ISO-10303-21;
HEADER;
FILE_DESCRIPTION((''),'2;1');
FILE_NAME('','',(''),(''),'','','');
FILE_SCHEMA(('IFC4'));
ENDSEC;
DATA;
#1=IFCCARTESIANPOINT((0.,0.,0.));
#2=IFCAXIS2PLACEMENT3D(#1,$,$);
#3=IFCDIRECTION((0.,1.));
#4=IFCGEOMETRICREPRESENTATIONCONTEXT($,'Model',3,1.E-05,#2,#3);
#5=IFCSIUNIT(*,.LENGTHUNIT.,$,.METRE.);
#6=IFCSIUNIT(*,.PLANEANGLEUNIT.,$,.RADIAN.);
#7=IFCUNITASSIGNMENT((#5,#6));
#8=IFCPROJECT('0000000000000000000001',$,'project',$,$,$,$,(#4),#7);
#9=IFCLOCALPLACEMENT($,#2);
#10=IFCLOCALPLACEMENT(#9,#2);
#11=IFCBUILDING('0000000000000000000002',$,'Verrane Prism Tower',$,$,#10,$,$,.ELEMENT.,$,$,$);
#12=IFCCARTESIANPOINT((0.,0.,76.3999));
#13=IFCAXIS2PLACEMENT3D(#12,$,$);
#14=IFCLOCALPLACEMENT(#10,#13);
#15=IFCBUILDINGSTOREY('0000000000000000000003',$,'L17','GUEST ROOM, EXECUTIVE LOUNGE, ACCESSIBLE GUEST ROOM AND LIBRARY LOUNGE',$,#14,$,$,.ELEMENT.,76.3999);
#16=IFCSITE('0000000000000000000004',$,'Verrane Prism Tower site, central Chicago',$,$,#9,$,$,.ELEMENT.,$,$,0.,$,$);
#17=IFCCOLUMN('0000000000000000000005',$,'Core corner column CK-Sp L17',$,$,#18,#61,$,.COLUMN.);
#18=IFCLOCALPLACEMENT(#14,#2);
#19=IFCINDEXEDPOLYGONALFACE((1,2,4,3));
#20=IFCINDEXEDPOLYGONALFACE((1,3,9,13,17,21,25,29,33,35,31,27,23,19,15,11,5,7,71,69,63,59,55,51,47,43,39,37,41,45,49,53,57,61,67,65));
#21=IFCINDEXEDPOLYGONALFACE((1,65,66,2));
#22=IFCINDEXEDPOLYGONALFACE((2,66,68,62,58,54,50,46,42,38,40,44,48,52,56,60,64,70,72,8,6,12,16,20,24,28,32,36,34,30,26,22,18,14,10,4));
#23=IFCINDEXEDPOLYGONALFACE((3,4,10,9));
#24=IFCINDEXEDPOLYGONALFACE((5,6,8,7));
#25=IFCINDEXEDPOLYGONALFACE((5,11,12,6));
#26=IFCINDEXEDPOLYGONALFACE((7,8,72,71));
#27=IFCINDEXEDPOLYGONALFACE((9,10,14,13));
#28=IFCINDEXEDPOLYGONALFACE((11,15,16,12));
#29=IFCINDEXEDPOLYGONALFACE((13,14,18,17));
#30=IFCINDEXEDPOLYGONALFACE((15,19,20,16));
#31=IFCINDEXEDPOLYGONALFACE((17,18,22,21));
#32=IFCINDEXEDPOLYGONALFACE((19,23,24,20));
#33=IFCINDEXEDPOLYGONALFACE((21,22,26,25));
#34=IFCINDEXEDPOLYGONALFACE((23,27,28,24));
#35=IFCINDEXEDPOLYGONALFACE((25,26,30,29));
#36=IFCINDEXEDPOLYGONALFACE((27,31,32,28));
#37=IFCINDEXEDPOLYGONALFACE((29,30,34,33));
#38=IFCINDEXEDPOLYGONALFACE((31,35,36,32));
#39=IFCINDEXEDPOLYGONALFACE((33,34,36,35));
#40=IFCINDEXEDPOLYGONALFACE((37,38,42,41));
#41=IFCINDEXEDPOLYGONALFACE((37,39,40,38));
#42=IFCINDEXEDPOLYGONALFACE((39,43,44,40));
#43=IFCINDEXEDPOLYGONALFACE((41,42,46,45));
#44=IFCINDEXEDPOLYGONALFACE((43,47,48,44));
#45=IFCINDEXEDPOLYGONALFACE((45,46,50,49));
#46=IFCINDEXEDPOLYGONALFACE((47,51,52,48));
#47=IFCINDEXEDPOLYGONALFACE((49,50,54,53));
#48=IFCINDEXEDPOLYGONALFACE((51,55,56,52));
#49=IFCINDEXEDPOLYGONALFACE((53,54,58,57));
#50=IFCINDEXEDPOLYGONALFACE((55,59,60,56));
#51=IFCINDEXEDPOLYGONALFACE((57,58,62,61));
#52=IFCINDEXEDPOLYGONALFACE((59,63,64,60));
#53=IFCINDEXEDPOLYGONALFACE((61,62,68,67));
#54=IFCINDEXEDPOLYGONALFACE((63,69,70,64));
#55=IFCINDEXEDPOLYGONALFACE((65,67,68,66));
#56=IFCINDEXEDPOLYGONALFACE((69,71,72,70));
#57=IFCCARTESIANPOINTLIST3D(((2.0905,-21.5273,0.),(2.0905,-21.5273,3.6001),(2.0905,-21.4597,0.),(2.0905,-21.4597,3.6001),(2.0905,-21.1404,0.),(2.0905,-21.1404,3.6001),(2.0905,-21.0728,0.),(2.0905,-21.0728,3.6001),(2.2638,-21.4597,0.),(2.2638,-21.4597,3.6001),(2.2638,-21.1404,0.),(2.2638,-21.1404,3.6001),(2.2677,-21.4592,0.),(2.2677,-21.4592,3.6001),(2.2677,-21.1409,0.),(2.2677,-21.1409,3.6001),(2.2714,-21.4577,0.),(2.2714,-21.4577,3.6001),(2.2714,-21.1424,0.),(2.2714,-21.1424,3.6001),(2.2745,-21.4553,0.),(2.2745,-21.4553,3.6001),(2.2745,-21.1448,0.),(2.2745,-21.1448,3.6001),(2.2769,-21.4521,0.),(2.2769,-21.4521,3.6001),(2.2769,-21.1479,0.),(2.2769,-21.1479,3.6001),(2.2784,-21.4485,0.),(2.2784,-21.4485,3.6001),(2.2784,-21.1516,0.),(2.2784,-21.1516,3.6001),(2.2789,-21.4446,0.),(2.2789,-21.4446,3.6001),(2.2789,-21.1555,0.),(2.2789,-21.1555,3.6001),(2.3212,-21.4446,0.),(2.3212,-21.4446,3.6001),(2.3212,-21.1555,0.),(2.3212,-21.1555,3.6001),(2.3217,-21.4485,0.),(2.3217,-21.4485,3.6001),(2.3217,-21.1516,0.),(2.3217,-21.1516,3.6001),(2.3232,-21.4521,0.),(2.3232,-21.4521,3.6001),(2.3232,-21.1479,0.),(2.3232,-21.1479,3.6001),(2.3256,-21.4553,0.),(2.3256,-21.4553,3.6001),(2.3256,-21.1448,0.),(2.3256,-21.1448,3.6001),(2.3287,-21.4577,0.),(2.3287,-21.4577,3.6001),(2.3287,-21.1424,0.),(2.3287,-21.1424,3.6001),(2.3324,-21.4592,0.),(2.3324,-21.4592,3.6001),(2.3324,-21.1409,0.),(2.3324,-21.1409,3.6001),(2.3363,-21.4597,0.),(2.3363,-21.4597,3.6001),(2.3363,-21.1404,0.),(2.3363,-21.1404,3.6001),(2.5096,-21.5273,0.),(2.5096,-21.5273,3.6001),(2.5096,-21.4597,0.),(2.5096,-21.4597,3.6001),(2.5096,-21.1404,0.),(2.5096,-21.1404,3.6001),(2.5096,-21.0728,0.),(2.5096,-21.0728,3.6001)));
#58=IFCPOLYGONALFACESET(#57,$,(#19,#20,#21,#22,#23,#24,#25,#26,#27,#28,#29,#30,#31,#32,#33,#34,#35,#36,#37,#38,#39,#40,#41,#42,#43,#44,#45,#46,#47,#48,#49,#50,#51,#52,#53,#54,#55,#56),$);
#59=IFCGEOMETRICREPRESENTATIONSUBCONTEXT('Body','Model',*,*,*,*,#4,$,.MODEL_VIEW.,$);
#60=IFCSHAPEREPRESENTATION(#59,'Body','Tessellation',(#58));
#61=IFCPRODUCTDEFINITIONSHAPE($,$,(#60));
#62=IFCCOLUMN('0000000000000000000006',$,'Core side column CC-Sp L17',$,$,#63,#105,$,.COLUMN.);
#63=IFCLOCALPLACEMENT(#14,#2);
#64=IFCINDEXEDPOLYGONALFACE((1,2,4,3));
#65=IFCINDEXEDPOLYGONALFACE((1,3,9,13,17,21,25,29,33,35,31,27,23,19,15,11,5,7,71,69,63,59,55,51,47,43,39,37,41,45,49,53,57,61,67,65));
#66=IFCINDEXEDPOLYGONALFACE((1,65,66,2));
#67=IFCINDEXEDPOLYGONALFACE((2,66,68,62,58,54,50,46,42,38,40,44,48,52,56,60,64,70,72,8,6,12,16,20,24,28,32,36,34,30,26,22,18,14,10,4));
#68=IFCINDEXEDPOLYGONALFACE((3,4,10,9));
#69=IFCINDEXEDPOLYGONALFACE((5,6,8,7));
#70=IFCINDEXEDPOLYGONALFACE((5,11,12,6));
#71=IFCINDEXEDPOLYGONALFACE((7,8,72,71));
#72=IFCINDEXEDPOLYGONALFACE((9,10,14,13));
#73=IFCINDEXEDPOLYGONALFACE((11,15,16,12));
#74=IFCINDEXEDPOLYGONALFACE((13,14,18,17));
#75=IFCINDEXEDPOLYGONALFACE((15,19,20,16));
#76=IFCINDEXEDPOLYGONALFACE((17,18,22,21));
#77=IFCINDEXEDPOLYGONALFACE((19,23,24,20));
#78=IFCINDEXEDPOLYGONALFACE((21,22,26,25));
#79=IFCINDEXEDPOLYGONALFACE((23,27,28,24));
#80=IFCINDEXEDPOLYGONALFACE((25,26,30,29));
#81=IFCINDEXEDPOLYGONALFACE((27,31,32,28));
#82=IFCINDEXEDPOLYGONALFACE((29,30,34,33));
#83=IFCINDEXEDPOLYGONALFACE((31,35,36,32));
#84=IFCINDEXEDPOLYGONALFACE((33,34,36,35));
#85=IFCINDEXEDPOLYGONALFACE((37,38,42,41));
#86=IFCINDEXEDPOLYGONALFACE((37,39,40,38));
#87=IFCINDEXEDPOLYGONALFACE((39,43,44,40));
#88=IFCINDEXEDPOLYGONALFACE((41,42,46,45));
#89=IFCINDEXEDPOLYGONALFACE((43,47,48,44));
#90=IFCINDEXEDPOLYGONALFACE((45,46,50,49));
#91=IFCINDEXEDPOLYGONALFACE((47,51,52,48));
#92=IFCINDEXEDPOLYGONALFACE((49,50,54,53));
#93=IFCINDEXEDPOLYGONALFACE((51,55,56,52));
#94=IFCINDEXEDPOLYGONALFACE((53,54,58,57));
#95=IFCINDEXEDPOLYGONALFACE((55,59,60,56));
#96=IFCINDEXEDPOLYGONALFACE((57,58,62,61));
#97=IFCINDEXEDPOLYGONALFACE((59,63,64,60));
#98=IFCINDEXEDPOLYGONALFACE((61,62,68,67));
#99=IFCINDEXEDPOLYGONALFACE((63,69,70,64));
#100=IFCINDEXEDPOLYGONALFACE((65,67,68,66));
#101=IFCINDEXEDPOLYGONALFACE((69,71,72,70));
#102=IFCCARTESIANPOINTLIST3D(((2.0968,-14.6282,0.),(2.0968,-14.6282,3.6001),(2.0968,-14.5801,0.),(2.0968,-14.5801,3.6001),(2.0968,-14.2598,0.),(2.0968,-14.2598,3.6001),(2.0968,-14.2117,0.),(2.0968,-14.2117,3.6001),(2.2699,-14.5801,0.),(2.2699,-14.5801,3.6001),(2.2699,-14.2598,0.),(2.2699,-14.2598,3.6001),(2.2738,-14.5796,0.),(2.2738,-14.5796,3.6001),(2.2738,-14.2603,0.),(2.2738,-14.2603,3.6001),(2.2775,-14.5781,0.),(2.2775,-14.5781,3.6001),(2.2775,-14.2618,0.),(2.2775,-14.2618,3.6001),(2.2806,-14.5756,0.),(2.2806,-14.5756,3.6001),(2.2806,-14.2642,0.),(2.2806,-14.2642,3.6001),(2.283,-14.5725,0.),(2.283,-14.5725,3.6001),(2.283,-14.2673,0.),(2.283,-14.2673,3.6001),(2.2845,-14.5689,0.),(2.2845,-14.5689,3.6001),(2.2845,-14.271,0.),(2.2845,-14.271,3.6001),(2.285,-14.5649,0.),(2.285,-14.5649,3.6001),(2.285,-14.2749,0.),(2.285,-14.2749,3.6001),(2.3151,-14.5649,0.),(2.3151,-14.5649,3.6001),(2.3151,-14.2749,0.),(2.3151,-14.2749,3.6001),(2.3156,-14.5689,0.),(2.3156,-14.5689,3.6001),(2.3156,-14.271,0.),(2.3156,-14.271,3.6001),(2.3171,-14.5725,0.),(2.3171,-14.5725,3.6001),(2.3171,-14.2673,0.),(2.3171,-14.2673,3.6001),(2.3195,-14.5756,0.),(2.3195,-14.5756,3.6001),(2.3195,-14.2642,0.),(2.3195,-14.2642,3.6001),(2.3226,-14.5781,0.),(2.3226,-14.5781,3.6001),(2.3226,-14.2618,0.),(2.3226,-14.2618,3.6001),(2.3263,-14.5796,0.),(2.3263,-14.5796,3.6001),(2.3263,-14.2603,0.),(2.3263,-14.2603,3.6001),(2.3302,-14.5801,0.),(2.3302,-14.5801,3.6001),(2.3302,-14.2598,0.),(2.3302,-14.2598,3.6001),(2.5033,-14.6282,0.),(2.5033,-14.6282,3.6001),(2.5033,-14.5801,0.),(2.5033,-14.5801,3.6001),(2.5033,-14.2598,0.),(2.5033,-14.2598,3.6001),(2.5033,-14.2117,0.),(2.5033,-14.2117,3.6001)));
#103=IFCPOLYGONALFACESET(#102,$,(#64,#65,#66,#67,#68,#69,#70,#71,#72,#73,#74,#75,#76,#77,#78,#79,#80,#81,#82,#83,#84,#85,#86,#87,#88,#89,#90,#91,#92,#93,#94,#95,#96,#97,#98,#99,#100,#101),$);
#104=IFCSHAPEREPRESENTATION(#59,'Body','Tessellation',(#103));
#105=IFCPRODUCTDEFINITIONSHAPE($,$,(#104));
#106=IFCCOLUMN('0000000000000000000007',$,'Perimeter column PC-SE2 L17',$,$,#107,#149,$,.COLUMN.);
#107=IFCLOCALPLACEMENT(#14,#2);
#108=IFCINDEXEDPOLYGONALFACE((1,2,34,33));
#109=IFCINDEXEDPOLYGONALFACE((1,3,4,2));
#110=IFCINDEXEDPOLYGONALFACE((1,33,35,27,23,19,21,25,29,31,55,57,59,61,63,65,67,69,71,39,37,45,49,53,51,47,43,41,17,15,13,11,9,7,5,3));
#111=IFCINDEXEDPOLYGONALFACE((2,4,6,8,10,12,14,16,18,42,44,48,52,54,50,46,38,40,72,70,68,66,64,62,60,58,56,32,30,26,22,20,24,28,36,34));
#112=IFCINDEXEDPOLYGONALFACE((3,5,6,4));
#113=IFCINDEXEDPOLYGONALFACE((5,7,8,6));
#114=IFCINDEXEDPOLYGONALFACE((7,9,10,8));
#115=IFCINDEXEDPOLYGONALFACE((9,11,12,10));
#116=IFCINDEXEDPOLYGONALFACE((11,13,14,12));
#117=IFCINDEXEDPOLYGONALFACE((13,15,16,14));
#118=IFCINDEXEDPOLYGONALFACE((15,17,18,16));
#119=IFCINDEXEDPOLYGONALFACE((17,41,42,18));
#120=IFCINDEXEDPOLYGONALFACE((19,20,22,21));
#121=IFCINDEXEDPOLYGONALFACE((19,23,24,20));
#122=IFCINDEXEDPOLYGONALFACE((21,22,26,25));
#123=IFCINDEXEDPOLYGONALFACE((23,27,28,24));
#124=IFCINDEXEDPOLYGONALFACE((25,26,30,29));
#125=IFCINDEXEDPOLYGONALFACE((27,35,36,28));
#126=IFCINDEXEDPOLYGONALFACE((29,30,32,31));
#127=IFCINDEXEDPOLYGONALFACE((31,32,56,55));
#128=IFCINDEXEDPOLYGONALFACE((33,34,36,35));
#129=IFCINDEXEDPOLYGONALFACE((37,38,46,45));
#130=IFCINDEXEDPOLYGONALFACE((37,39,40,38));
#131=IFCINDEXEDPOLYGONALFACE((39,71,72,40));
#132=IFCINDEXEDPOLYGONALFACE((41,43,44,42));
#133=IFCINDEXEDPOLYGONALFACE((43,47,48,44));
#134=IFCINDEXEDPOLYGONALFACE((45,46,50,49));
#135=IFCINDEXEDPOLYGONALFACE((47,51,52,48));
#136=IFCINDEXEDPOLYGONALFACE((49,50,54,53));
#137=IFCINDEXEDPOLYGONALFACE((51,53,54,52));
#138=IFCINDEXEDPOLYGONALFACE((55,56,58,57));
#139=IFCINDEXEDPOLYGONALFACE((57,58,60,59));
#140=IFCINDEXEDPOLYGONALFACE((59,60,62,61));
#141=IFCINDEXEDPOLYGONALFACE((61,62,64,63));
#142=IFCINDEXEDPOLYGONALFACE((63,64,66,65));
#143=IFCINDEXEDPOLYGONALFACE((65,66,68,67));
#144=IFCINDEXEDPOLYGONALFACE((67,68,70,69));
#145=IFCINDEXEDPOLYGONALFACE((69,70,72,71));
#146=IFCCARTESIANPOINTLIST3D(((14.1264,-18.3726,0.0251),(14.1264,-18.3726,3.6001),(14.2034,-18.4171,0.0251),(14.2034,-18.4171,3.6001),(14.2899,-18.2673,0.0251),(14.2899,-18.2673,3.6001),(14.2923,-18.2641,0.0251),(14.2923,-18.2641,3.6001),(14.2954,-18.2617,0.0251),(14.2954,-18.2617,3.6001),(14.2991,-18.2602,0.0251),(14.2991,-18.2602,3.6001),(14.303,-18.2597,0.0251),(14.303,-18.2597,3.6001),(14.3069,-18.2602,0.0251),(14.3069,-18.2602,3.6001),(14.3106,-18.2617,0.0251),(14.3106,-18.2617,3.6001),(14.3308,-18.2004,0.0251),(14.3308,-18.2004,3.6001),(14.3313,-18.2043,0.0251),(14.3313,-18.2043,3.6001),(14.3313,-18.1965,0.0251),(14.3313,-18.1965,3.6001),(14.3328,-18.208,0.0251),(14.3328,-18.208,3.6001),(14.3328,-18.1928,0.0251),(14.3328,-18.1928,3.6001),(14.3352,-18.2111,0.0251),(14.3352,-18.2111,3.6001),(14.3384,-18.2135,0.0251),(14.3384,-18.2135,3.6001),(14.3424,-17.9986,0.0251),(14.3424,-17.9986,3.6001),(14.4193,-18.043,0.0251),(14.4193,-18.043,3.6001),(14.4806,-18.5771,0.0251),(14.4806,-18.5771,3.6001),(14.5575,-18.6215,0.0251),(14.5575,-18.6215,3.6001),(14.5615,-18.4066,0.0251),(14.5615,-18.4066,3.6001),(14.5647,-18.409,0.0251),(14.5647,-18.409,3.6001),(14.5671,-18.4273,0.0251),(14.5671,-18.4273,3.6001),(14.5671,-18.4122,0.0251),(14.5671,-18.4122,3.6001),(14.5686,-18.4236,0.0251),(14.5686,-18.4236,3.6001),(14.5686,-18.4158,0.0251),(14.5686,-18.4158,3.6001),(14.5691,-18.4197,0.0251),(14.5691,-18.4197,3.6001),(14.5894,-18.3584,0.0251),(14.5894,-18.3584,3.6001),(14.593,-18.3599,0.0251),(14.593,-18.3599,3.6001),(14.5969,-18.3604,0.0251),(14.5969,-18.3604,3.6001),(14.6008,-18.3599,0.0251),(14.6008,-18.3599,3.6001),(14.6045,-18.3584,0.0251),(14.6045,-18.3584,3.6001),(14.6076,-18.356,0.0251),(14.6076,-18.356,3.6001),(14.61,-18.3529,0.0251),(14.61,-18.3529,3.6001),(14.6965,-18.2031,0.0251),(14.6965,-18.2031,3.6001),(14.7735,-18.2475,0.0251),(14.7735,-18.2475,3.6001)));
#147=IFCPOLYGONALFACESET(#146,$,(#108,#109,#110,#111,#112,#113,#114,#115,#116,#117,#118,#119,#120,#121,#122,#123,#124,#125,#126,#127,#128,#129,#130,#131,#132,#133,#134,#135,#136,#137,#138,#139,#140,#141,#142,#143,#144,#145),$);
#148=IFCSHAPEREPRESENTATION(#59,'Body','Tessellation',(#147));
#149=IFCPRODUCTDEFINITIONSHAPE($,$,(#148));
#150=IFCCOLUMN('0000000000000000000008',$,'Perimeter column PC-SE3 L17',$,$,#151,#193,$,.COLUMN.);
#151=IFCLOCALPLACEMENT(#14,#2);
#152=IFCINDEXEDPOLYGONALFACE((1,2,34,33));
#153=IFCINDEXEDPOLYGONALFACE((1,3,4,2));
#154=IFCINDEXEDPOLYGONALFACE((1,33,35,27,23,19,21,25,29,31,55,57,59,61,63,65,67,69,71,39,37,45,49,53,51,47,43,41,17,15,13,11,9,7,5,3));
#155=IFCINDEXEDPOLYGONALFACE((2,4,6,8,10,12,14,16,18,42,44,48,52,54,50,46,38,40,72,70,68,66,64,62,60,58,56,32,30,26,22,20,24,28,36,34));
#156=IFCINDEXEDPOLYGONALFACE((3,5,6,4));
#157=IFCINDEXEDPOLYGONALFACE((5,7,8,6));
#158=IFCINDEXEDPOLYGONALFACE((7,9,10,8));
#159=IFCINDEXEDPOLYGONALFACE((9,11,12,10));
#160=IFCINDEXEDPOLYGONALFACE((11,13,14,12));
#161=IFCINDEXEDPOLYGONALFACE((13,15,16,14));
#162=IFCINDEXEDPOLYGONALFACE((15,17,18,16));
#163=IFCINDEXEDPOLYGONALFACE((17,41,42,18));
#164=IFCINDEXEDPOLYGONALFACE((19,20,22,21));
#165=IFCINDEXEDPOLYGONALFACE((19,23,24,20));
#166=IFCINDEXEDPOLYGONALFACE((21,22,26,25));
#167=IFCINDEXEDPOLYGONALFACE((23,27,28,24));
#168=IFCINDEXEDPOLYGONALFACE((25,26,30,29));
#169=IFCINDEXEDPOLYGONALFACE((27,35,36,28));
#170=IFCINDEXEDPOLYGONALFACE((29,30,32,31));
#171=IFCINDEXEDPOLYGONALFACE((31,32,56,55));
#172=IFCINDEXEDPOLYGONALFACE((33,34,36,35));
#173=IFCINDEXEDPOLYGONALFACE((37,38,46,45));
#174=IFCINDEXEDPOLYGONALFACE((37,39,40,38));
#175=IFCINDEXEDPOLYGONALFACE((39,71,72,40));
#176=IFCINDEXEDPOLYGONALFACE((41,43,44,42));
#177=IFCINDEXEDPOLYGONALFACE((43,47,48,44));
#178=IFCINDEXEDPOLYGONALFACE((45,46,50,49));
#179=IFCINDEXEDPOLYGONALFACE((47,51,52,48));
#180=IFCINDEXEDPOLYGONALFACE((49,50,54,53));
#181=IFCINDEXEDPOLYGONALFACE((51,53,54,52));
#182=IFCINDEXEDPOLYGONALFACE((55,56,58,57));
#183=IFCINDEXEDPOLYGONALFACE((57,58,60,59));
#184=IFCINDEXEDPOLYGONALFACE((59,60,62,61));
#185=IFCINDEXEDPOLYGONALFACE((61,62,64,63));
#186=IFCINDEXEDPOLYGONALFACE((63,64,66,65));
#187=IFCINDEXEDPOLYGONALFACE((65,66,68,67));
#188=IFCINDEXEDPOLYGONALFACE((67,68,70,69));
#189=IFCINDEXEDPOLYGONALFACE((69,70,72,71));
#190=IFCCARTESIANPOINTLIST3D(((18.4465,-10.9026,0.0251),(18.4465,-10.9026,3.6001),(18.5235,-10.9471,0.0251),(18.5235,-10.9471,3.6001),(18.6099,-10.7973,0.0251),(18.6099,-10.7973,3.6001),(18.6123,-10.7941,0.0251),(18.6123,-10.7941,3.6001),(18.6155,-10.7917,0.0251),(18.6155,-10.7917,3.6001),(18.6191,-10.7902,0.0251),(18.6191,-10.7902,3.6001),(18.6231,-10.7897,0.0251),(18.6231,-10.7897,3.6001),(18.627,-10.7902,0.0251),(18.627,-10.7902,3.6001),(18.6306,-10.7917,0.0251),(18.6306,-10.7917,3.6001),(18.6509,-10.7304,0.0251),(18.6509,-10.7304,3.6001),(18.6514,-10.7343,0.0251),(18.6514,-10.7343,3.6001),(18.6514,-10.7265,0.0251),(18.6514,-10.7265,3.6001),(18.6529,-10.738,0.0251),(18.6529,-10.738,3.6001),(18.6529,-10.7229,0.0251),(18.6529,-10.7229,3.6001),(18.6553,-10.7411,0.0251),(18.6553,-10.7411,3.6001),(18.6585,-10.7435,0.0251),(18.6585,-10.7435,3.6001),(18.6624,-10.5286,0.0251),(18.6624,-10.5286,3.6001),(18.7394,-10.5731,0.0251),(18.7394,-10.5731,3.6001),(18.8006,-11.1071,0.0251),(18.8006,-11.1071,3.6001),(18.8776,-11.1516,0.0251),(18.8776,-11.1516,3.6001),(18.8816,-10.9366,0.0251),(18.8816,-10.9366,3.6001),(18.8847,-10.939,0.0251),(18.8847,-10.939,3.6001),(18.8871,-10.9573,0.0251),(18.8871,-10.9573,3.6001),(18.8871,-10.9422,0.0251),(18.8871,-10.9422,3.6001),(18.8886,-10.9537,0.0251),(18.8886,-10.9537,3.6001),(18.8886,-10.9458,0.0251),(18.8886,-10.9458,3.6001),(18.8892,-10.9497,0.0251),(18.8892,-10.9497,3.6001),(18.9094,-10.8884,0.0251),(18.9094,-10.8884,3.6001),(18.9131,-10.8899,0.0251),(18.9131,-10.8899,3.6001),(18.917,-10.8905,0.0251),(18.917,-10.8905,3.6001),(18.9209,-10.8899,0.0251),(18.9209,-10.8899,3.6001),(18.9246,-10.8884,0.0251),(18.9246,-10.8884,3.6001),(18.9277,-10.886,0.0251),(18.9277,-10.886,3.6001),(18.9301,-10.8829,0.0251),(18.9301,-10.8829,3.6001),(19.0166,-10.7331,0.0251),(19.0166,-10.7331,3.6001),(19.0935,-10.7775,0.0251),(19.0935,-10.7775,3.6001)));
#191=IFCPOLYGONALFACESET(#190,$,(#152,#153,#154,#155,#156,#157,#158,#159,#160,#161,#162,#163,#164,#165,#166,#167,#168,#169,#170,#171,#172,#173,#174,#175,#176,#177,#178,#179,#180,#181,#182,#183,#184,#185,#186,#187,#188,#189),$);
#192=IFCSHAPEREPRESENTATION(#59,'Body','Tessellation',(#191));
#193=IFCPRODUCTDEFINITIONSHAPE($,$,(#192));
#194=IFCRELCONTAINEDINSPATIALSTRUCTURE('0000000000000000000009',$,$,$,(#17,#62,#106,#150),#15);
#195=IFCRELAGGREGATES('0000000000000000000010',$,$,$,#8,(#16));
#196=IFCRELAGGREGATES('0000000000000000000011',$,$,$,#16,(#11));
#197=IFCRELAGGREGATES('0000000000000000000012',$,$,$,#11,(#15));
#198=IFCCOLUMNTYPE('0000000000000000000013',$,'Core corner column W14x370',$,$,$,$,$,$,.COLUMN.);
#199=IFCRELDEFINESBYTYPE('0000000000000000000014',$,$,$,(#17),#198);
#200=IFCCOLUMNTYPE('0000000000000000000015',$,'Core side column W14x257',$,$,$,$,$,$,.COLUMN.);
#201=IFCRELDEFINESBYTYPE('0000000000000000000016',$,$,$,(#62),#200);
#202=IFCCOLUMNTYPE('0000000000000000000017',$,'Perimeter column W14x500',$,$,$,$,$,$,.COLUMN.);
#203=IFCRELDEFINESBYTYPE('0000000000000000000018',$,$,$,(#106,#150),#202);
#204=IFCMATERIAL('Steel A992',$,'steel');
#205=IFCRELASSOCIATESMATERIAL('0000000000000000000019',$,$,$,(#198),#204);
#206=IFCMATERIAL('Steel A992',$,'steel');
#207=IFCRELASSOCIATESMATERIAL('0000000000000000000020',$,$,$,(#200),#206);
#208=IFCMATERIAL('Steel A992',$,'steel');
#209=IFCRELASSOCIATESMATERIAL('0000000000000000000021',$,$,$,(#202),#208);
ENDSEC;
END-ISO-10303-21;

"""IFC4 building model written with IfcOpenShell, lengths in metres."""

from ifc_helpers import new_model, si_unit, direction, frame, origin, origin_2d, place, context, subcontext, project, spatial, i_section, extrude, material, material_profile, profile_set, type_object, element, save


model = new_model("IFC4")

# Units and contexts
model_context = context("Model", 3, precision=1e-05, world=origin(), true_north=direction((0.0, 1.0)))
body_context = subcontext(model_context, "Body", "Model", "MODEL_VIEW")
ifc_project = project(units=[si_unit("LENGTHUNIT", "METRE"), si_unit("PLANEANGLEUNIT", "RADIAN")], contexts=[model_context])

# Site, building, storey
site_placement = place(None, origin())
site = spatial("IfcSite", under=ifc_project, at=site_placement, Name="Verrane Prism Tower site, central Chicago", CompositionType="ELEMENT", RefElevation=0.0)
building_placement = place(site_placement, origin())
building = spatial("IfcBuilding", under=site, at=building_placement, Name="Verrane Prism Tower", CompositionType="ELEMENT")
storey_placement = place(building_placement, frame((0.0, 0.0, 76.3999)))
storey = spatial("IfcBuildingStorey", under=building, at=storey_placement, Name="L17", Description="GUEST ROOM, EXECUTIVE LOUNGE, ACCESSIBLE GUEST ROOM AND LIBRARY LOUNGE", CompositionType="ELEMENT", Elevation=76.3999)

# Columns
ifc_material_1 = material(Name="Steel A992", Category="steel")
ifc_material_profile_1 = material_profile(ifc_material_1, i_section(OverallWidth=0.4192, OverallDepth=0.4546, WebThickness=0.0422, FlangeThickness=0.0676, FilletRadius=0.0151, at=origin_2d()), Name="W14x370")
ifc_profile_set_1 = profile_set([ifc_material_profile_1], Name="Steel A992")
column_type_1 = type_object("IfcColumnType", Name="Core corner column W14x370", PredefinedType="COLUMN", material=ifc_profile_set_1)
column_1_placement = place(storey_placement, frame((2.3, -21.3, 0.0), z_axis=(0.0, 0.0, 1.0), x_axis=(-1.0, 0.0, 0.0)))
element("IfcColumn", 1, at=column_1_placement, inside=storey, type_object=column_type_1, Name="Core corner column CK-Sp L17", PredefinedType="COLUMN", context=body_context, shape_type="SweptSolid", body=[
    extrude(i_section(OverallWidth=0.4192, OverallDepth=0.4546, WebThickness=0.0422, FlangeThickness=0.0676, FilletRadius=0.0151, at=origin_2d()), origin(), (0.0, 0.0, 1.0), 3.6001),
])
ifc_material_2 = material(Name="Steel A992", Category="steel")
ifc_material_profile_2 = material_profile(ifc_material_2, i_section(OverallWidth=0.4065, OverallDepth=0.4165, WebThickness=0.03, FlangeThickness=0.0481, FilletRadius=0.0151, at=origin_2d()), Name="W14x257")
ifc_profile_set_2 = profile_set([ifc_material_profile_2], Name="Steel A992")
column_type_2 = type_object("IfcColumnType", Name="Core side column W14x257", PredefinedType="COLUMN", material=ifc_profile_set_2)
column_2_placement = place(storey_placement, frame((2.3, -14.4199, 0.0), z_axis=(0.0, 0.0, 1.0), x_axis=(1.0, 0.0, 0.0)))
element("IfcColumn", 2, at=column_2_placement, inside=storey, type_object=column_type_2, Name="Core side column CC-Sp L17", PredefinedType="COLUMN", context=body_context, shape_type="SweptSolid", body=[
    extrude(i_section(OverallWidth=0.4065, OverallDepth=0.4165, WebThickness=0.03, FlangeThickness=0.0481, FilletRadius=0.0151, at=origin_2d()), origin(), (0.0, 0.0, 1.0), 3.6001),
])
ifc_material_3 = material(Name="Steel A992", Category="steel")
ifc_material_profile_3 = material_profile(ifc_material_3, i_section(OverallWidth=0.4319, OverallDepth=0.4978, WebThickness=0.0557, FlangeThickness=0.0889, FilletRadius=0.0151, at=origin_2d()), Name="W14x500")
ifc_profile_set_3 = profile_set([ifc_material_profile_3], Name="Steel A992")
column_type_3 = type_object("IfcColumnType", Name="Perimeter column W14x500", PredefinedType="COLUMN", material=ifc_profile_set_3)
for number, where, z_axis, x_axis, name in (
    (3, (14.45, -18.3101, 0.0251), (0.0, 0.0, 1.0), (-0.5, -0.866025, 0.0), "Perimeter column PC-SE2 L17"),
    (4, (18.77, -10.8401, 0.0251), (0.0, 0.0, 1.0), (-0.5, -0.866025, 0.0), "Perimeter column PC-SE3 L17"),
):
    element("IfcColumn", number, at=place(storey_placement, frame(where, z_axis=z_axis, x_axis=x_axis)), inside=storey, type_object=column_type_3, Name=name, PredefinedType="COLUMN", context=body_context, shape_type="SweptSolid", body=[
        extrude(i_section(OverallWidth=0.4319, OverallDepth=0.4978, WebThickness=0.0557, FlangeThickness=0.0889, FilletRadius=0.0151, at=origin_2d()), origin(), (0.0, 0.0, 1.0), 3.575),
    ])

save(model, "model.ifc")
